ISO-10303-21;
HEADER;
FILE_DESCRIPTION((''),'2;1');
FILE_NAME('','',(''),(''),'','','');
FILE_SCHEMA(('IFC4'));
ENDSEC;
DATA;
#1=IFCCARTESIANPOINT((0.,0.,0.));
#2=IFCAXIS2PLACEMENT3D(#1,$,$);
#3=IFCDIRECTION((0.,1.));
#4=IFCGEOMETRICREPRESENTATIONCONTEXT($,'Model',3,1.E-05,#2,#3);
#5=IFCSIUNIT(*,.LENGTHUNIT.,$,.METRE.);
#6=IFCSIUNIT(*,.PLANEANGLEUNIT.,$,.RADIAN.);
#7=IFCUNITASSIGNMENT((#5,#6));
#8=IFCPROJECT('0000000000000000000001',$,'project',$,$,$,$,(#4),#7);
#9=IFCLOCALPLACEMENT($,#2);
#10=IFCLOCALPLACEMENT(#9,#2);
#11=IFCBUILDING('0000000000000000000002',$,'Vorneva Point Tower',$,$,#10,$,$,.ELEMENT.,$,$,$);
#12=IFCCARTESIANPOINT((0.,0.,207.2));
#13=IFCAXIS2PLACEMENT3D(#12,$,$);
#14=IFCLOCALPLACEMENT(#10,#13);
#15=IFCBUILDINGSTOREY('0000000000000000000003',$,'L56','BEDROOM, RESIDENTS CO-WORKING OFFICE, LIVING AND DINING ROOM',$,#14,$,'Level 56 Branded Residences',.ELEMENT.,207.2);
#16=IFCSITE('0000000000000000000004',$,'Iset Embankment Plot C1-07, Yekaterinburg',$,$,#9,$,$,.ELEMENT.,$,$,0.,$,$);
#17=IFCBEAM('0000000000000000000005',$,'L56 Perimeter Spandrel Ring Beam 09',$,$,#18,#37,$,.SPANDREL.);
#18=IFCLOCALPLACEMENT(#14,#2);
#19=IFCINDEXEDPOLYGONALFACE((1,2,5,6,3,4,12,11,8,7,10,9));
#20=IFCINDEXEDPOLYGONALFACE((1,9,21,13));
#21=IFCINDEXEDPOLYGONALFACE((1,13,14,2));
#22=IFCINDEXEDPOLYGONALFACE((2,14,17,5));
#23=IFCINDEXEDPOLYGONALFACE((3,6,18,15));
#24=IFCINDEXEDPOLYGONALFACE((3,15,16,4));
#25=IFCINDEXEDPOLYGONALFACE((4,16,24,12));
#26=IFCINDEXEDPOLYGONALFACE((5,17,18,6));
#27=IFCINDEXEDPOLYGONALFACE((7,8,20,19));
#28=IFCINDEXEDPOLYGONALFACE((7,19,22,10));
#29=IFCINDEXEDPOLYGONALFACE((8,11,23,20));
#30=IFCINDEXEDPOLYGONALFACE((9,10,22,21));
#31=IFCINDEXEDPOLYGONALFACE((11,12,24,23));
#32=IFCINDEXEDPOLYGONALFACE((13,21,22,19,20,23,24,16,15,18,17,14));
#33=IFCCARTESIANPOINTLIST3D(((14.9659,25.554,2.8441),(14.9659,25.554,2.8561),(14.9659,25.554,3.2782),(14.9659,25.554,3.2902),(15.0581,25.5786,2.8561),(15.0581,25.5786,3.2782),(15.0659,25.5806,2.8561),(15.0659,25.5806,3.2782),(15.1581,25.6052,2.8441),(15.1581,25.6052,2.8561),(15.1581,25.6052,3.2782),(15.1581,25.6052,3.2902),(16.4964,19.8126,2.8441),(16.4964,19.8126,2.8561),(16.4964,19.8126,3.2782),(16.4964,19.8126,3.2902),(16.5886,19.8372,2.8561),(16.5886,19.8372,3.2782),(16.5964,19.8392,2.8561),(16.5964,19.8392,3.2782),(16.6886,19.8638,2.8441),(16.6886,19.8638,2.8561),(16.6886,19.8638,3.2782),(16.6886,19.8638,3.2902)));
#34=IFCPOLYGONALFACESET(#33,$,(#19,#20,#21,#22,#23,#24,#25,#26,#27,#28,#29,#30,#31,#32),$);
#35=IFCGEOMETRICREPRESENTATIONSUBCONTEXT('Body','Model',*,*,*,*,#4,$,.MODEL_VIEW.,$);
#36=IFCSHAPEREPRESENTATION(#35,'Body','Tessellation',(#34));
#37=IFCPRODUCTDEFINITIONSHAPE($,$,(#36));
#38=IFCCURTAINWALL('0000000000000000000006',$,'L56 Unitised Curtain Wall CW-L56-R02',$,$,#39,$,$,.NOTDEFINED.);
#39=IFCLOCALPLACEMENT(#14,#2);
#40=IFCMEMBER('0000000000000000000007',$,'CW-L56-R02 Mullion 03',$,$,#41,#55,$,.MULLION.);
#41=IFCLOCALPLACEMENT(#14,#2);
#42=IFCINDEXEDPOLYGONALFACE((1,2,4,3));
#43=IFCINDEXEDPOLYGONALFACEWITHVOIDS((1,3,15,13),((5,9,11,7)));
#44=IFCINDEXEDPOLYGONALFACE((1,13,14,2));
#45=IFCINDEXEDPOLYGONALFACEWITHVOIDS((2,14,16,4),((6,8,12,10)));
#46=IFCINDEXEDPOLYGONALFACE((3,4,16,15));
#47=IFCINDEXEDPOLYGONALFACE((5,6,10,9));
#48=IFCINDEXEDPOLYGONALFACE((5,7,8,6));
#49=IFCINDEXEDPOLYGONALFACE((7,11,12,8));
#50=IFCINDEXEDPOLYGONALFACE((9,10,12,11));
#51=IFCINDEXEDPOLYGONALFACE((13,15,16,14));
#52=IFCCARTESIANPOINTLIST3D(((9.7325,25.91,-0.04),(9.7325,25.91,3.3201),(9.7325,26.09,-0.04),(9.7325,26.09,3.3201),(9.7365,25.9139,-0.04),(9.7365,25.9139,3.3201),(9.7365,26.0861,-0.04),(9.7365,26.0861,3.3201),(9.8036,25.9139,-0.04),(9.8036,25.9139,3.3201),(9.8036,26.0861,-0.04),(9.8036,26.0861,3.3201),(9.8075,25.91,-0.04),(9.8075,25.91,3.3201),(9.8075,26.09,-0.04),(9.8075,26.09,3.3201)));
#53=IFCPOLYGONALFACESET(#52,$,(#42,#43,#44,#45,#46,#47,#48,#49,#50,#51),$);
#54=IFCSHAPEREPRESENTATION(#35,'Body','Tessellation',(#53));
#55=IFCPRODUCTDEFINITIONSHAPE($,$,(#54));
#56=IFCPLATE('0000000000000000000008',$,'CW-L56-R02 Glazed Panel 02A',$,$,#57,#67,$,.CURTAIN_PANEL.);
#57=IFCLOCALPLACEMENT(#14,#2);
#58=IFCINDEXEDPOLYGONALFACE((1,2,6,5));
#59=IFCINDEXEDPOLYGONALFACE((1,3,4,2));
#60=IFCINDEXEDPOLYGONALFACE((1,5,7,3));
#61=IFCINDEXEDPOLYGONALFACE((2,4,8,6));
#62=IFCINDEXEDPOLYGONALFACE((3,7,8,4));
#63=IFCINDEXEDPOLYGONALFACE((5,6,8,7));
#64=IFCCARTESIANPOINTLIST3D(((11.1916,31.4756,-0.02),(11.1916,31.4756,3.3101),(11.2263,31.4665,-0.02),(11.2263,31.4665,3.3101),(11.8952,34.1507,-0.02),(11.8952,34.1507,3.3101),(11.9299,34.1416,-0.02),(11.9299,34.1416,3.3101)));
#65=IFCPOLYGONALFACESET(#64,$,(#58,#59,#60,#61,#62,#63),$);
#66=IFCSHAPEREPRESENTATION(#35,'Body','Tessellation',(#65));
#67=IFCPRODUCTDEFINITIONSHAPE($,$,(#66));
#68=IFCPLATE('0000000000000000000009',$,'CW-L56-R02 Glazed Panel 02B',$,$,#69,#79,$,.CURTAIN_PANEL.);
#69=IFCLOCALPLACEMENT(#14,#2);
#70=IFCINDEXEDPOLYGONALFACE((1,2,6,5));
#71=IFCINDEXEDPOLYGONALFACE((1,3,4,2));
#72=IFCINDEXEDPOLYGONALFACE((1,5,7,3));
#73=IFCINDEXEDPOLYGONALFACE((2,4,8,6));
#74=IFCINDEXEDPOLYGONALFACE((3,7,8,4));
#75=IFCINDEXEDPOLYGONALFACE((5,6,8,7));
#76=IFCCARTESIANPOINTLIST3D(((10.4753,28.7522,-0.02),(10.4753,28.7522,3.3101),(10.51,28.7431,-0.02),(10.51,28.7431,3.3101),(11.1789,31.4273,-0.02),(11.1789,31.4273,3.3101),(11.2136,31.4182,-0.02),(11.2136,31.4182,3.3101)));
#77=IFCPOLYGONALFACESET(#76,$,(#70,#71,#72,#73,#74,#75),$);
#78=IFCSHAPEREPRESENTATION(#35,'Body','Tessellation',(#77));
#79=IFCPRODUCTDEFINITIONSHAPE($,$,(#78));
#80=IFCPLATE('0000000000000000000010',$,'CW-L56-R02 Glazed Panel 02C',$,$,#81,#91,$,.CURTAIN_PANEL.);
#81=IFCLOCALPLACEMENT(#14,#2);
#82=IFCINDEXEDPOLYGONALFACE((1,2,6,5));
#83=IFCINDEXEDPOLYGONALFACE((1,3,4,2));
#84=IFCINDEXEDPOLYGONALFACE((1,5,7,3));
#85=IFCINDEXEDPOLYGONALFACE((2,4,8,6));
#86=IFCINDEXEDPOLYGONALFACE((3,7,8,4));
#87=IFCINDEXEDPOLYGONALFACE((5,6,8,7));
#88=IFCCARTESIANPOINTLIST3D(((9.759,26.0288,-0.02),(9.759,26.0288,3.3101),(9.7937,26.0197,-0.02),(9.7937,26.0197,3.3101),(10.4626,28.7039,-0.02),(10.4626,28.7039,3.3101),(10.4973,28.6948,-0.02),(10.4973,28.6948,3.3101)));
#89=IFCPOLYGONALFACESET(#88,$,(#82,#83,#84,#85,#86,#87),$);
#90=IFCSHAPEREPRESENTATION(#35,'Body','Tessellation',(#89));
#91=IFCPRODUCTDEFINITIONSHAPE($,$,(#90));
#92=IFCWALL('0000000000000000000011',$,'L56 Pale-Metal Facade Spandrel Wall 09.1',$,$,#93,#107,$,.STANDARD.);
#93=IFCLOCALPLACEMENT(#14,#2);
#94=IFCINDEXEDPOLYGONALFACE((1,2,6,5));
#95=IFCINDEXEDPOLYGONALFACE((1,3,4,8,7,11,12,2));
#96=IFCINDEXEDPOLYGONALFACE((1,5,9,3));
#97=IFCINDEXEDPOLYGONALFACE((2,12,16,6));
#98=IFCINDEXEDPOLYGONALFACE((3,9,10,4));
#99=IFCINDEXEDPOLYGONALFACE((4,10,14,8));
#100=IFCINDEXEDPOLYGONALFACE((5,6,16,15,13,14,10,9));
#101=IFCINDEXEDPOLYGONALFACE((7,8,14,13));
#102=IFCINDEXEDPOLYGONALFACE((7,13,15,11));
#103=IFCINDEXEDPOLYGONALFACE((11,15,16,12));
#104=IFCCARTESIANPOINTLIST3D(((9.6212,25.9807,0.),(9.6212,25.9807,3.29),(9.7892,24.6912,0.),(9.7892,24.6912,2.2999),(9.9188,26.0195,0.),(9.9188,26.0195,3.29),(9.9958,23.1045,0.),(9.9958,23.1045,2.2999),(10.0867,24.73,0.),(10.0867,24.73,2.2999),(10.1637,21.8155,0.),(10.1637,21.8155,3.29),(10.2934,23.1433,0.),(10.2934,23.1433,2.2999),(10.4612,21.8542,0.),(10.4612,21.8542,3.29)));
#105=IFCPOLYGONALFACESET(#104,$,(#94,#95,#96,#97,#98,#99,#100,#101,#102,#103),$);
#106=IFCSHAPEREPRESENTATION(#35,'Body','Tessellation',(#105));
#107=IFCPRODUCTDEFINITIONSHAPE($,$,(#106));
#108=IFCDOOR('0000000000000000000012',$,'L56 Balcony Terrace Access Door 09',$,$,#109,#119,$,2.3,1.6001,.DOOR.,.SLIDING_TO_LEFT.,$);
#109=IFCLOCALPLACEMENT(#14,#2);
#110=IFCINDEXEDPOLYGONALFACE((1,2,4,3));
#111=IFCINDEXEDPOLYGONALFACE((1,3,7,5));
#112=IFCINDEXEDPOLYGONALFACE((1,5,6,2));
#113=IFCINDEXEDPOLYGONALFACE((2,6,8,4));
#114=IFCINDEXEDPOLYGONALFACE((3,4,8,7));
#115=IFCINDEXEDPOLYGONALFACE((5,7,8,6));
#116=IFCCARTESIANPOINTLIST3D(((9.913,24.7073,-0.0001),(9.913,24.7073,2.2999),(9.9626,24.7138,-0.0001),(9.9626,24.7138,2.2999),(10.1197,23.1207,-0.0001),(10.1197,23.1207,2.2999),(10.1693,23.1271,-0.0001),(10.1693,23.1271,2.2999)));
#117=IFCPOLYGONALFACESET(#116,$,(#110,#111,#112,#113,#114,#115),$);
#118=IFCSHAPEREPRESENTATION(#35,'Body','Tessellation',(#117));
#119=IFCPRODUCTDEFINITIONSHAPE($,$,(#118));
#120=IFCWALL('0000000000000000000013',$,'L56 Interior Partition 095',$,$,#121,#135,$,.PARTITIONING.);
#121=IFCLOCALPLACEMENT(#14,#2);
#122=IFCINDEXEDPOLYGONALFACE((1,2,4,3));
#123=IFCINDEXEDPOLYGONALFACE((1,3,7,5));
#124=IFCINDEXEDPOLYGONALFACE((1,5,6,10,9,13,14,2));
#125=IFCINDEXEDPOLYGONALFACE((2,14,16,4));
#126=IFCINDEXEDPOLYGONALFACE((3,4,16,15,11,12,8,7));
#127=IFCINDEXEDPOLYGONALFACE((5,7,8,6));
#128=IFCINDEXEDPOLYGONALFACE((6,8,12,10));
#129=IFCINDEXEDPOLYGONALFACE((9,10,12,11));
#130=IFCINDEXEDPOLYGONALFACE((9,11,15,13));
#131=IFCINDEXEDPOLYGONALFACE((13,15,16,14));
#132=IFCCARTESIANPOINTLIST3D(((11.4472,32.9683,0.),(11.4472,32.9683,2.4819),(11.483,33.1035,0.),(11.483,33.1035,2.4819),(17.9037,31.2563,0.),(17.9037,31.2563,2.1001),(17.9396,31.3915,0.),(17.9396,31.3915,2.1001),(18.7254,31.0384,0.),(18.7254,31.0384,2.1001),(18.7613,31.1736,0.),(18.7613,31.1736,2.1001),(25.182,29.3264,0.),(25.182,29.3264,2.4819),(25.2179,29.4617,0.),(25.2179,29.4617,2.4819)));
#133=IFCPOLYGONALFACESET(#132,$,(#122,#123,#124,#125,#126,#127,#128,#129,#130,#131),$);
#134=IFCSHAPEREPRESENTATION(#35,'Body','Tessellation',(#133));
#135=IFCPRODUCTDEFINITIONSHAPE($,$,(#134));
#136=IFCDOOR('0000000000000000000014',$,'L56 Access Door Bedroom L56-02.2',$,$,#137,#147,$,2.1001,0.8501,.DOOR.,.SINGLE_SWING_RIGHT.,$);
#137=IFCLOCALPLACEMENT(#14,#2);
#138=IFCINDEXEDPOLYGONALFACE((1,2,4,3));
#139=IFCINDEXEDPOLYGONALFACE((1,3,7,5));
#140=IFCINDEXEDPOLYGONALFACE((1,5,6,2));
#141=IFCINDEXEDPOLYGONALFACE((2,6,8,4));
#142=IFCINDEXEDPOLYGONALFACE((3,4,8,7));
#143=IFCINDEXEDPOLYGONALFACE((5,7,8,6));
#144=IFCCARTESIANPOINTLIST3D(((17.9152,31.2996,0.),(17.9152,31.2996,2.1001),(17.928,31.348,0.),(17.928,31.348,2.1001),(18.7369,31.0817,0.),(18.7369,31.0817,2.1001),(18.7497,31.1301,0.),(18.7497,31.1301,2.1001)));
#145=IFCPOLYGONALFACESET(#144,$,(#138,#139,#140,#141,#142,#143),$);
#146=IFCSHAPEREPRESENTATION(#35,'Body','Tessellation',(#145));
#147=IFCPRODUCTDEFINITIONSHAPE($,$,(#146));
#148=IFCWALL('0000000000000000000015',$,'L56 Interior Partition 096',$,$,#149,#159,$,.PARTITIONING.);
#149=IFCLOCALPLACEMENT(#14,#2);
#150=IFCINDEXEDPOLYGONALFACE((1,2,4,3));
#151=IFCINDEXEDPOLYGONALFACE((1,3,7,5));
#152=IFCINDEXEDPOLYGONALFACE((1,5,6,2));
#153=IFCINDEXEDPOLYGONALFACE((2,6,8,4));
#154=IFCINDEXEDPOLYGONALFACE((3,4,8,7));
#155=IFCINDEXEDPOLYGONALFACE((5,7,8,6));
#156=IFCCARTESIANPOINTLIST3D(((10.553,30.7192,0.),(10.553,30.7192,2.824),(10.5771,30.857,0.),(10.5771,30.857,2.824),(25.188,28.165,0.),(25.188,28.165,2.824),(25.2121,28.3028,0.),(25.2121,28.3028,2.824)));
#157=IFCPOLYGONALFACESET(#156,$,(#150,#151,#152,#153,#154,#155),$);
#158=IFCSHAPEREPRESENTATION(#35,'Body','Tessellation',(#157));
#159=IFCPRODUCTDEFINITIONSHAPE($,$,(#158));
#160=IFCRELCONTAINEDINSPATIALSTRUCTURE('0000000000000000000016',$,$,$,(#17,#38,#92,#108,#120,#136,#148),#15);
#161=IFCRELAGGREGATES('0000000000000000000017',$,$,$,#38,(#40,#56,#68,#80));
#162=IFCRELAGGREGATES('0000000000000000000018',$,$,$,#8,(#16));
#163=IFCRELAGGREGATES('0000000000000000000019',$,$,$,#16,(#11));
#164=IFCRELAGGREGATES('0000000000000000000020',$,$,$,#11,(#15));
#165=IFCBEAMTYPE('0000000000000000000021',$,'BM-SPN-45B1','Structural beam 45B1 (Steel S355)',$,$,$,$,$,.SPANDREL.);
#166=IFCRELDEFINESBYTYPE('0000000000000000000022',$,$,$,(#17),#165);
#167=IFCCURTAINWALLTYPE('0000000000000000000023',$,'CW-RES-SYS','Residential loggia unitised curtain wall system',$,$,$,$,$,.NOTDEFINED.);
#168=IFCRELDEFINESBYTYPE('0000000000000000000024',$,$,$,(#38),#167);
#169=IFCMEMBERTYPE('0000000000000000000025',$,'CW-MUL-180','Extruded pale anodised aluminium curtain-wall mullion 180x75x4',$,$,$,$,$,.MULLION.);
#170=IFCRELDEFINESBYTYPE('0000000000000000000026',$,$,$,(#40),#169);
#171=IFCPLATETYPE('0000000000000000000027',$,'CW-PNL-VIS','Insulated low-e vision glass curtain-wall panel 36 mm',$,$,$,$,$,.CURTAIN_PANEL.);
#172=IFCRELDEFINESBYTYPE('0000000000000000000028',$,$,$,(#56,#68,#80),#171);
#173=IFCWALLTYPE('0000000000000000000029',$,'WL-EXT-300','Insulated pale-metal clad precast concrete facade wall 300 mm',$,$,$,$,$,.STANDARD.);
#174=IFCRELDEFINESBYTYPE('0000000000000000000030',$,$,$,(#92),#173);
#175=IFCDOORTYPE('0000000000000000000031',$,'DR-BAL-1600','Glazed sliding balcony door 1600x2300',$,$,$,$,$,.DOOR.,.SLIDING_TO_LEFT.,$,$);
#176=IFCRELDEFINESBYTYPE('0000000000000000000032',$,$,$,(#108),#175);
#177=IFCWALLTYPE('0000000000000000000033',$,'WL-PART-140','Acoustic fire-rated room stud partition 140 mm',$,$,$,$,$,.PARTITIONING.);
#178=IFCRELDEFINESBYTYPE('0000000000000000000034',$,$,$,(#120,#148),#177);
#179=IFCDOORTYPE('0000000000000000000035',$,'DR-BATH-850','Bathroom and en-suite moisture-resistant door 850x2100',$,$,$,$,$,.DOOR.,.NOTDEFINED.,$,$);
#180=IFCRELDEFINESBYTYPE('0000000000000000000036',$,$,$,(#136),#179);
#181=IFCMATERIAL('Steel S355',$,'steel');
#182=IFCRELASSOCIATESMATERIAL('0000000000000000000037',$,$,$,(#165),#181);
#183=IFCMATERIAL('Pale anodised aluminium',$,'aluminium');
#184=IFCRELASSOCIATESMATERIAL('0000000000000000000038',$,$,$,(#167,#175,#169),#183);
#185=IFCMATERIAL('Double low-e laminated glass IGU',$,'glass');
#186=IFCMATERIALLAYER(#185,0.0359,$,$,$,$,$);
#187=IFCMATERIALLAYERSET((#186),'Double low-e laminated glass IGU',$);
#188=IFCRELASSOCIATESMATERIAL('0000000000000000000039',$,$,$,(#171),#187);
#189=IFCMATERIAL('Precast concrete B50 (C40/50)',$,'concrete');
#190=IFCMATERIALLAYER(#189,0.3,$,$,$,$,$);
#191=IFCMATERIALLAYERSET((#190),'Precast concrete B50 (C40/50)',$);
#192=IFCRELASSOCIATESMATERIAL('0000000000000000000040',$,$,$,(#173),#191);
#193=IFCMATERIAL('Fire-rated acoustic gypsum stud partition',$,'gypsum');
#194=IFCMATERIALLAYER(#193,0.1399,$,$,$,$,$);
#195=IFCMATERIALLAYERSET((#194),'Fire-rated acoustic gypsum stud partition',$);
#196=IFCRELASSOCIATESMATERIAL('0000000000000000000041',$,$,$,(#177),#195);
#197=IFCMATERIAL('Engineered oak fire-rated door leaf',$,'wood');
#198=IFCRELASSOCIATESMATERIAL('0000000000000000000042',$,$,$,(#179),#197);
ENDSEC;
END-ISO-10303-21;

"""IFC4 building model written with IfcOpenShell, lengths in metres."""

from ifc_helpers import new_model, si_unit, direction, frame, frame_2d, origin, origin_2d, place, context, subcontext, project, spatial, rectangle, hollow_rectangle, i_section, extrude, material, layer, layer_set, material_profile, profile_set, type_object, element, fill, aggregate, save


model = new_model("IFC4")

# Units and contexts
model_context = context("Model", 3, precision=1e-05, world=origin(), true_north=direction((0.0, 1.0)))
body_context = subcontext(model_context, "Body", "Model", "MODEL_VIEW")
ifc_project = project(units=[si_unit("LENGTHUNIT", "METRE"), si_unit("PLANEANGLEUNIT", "RADIAN")], contexts=[model_context])

# Site, building, storey
site_placement = place(None, origin())
site = spatial("IfcSite", under=ifc_project, at=site_placement, Name="Iset Embankment Plot C1-07, Yekaterinburg", CompositionType="ELEMENT", RefElevation=0.0)
building_placement = place(site_placement, origin())
building = spatial("IfcBuilding", under=site, at=building_placement, Name="Vorneva Point Tower", CompositionType="ELEMENT")
storey_placement = place(building_placement, frame((0.0, 0.0, 207.2)))
storey = spatial("IfcBuildingStorey", under=building, at=storey_placement, Name="L56", Description="BEDROOM, RESIDENTS CO-WORKING OFFICE, LIVING AND DINING ROOM", LongName="Level 56 Branded Residences", CompositionType="ELEMENT", Elevation=207.2)

# Beam
ifc_material_1 = material(Name="Steel S355", Category="steel")
ifc_material_profile_1 = material_profile(ifc_material_1, i_section(OverallWidth=0.199, OverallDepth=0.446, WebThickness=0.0081, FlangeThickness=0.012, at=origin_2d()), Name="45B1")
ifc_profile_set_1 = profile_set([ifc_material_profile_1], Name="Steel S355")
beam_type_1 = type_object("IfcBeamType", Name="BM-SPN-45B1", Description="Structural beam 45B1 (Steel S355)", PredefinedType="SPANDREL", material=ifc_profile_set_1)
for number, where, z_axis, x_axis, name in (
    (1, (15.062, 25.5796, 3.0671), (0.257578, -0.966257, 0.0), (0.966257, 0.257578, 0.0), "L56 Perimeter Spandrel Ring Beam 09"),
):
    element("IfcBeam", number, at=place(storey_placement, frame(where, z_axis=z_axis, x_axis=x_axis)), inside=storey, type_object=beam_type_1, Name=name, PredefinedType="SPANDREL", context=body_context, shape_type="SweptSolid", body=[
        extrude(i_section(OverallWidth=0.199, OverallDepth=0.446, WebThickness=0.0081, FlangeThickness=0.012, at=origin_2d()), origin(), (0.0, 0.0, 1.0), 5.9419),
    ])

# Curtain wall, member, plates
ifc_material_2 = material(Name="Pale anodised aluminium", Category="aluminium")
curtain_wall_type = type_object("IfcCurtainWallType", Name="CW-RES-SYS", Description="Residential loggia unitised curtain wall system", PredefinedType="NOTDEFINED", material=ifc_material_2)
curtain_wall_placement = place(storey_placement, origin())
curtain_wall = element("IfcCurtainWall", 2, at=curtain_wall_placement, inside=storey, type_object=curtain_wall_type, Name="L56 Unitised Curtain Wall CW-L56-R02", PredefinedType="NOTDEFINED")
ifc_material_profile_2 = material_profile(ifc_material_2, hollow_rectangle(XDim=0.075, YDim=0.1799, WallThickness=0.0039, at=origin_2d()), Name="AL-MUL 180x75x4")
ifc_profile_set_2 = profile_set([ifc_material_profile_2], Name="Pale anodised aluminium")
member_type = type_object("IfcMemberType", Name="CW-MUL-180", Description="Extruded pale anodised aluminium curtain-wall mullion 180x75x4", PredefinedType="MULLION", material=ifc_profile_set_2)
member_placement = place(storey_placement, frame((9.77, 26.0, -0.04), z_axis=(0.0, 0.0, 1.0), x_axis=(1.0, 0.0, 0.0)))
member = element("IfcMember", 3, at=member_placement, type_object=member_type, Name="CW-L56-R02 Mullion 03", PredefinedType="MULLION", context=body_context, shape_type="SweptSolid", body=[
    extrude(hollow_rectangle(XDim=0.075, YDim=0.1799, WallThickness=0.0039, at=origin_2d()), origin(), (0.0, 0.0, 1.0), 3.3601),
])
ifc_material_3 = material(Name="Double low-e laminated glass IGU", Category="glass")
ifc_layer_1 = layer(ifc_material_3, 0.0359)
ifc_layer_set_1 = layer_set([ifc_layer_1], Name="Double low-e laminated glass IGU")
plate_type = type_object("IfcPlateType", Name="CW-PNL-VIS", Description="Insulated low-e vision glass curtain-wall panel 36 mm", PredefinedType="CURTAIN_PANEL", material=ifc_layer_set_1)
plate_1_placement = place(storey_placement, frame((11.5608, 32.8086, -0.02), z_axis=(0.0, 0.0, 1.0), x_axis=(-0.254366, -0.967108, 0.0)))
plate_1 = element("IfcPlate", 4, at=plate_1_placement, type_object=plate_type, Name="CW-L56-R02 Glazed Panel 02A", PredefinedType="CURTAIN_PANEL", context=body_context, shape_type="SweptSolid", body=[
    extrude(rectangle(XDim=2.7661, YDim=0.0359, at=origin_2d()), origin(), (0.0, 0.0, 1.0), 3.3301),
])
plate_2_placement = place(storey_placement, frame((10.8445, 30.0852, -0.02), z_axis=(0.0, 0.0, 1.0), x_axis=(-0.254366, -0.967108, 0.0)))
plate_2 = element("IfcPlate", 5, at=plate_2_placement, type_object=plate_type, Name="CW-L56-R02 Glazed Panel 02B", PredefinedType="CURTAIN_PANEL", context=body_context, shape_type="SweptSolid", body=[
    extrude(rectangle(XDim=2.7661, YDim=0.0359, at=origin_2d()), origin(), (0.0, 0.0, 1.0), 3.3301),
])
plate_3_placement = place(storey_placement, frame((10.1282, 27.3618, -0.02), z_axis=(0.0, 0.0, 1.0), x_axis=(-0.254366, -0.967108, 0.0)))
plate_3 = element("IfcPlate", 6, at=plate_3_placement, type_object=plate_type, Name="CW-L56-R02 Glazed Panel 02C", PredefinedType="CURTAIN_PANEL", context=body_context, shape_type="SweptSolid", body=[
    extrude(rectangle(XDim=2.7661, YDim=0.0359, at=origin_2d()), origin(), (0.0, 0.0, 1.0), 3.3301),
])
aggregate(curtain_wall, [member, plate_1, plate_2, plate_3])

# Walls, openings, doors
ifc_material_4 = material(Name="Precast concrete B50 (C40/50)", Category="concrete")
ifc_layer_2 = layer(ifc_material_4, 0.3)
ifc_layer_set_2 = layer_set([ifc_layer_2], Name="Precast concrete B50 (C40/50)")
wall_type_1 = type_object("IfcWallType", Name="WL-EXT-300", Description="Insulated pale-metal clad precast concrete facade wall 300 mm", PredefinedType="STANDARD", material=ifc_layer_set_2)
wall_1_placement = place(storey_placement, frame((9.77, 26.0, 0.0), z_axis=(0.0, 0.0, 1.0), x_axis=(0.129148, -0.991625, 0.0)))
wall_1 = element("IfcWall", 7, at=wall_1_placement, inside=storey, type_object=wall_type_1, Name="L56 Pale-Metal Facade Spandrel Wall 09.1", PredefinedType="STANDARD", context=body_context, shape_type="SweptSolid", body=[
    extrude(rectangle(XDim=4.2004, YDim=0.3, at=frame_2d((2.1001, 0.0))), origin(), (0.0, 0.0, 1.0), 3.29),
])
opening_1_placement = place(wall_1_placement, frame((1.3003, 0.0, 0.0)))
opening_1 = element("IfcOpeningElement", 8, at=opening_1_placement, cuts=wall_1, PredefinedType="OPENING", context=body_context, shape_type="SweptSolid", body=[
    extrude(rectangle(XDim=1.6001, YDim=2.3, at=frame_2d((0.8, 1.1499))), frame((0.0, 0.165, 0.0), z_axis=(0.0, -1.0, 0.0), x_axis=(1.0, 0.0, 0.0)), (0.0, 0.0, 1.0), 0.3298),
])
door_type_1 = type_object("IfcDoorType", Name="DR-BAL-1600", Description="Glazed sliding balcony door 1600x2300", OperationType="SLIDING_TO_LEFT", PredefinedType="DOOR", material=ifc_material_2)
door_1_placement = place(opening_1_placement, origin())
door_1 = element("IfcDoor", 9, at=door_1_placement, inside=storey, type_object=door_type_1, Name="L56 Balcony Terrace Access Door 09", OperationType="SLIDING_TO_LEFT", OverallHeight=2.3, OverallWidth=1.6001, PredefinedType="DOOR", context=body_context, shape_type="SweptSolid", body=[
    extrude(rectangle(XDim=1.6001, YDim=2.3, at=frame_2d((0.8, 1.1499))), frame((0.0, 0.0249, 0.0), z_axis=(0.0, -1.0, 0.0), x_axis=(1.0, 0.0, 0.0)), (0.0, 0.0, 1.0), 0.05),
])
fill(opening_1, door_1)
ifc_material_5 = material(Name="Fire-rated acoustic gypsum stud partition", Category="gypsum")
ifc_layer_3 = layer(ifc_material_5, 0.1399)
ifc_layer_set_3 = layer_set([ifc_layer_3], Name="Fire-rated acoustic gypsum stud partition")
wall_type_2 = type_object("IfcWallType", Name="WL-PART-140", Description="Acoustic fire-rated room stud partition 140 mm", PredefinedType="PARTITIONING", material=ifc_layer_set_3)
wall_2_placement = place(storey_placement, frame((11.4651, 33.0359, 0.0), z_axis=(0.0, 0.0, 1.0), x_axis=(0.966598, -0.256297, 0.0)))
wall_2 = element("IfcWall", 10, at=wall_2_placement, inside=storey, type_object=wall_type_2, Name="L56 Interior Partition 095", PredefinedType="PARTITIONING", context=body_context, shape_type="SweptSolid", body=[
    extrude(rectangle(XDim=14.2095, YDim=0.1399, at=frame_2d((7.1047, 0.0))), origin(), (0.0, 0.0, 1.0), 2.4819),
])
opening_2_placement = place(wall_2_placement, frame((6.6797, 0.0, 0.0)))
opening_2 = element("IfcOpeningElement", 11, at=opening_2_placement, cuts=wall_2, PredefinedType="OPENING", context=body_context, shape_type="SweptSolid", body=[
    extrude(rectangle(XDim=0.8501, YDim=2.1001, at=frame_2d((0.425, 1.05))), frame((0.0, 0.085, 0.0), z_axis=(0.0, -1.0, 0.0), x_axis=(1.0, 0.0, 0.0)), (0.0, 0.0, 1.0), 0.1697),
])
ifc_material_6 = material(Name="Engineered oak fire-rated door leaf", Category="wood")
door_type_2 = type_object("IfcDoorType", Name="DR-BATH-850", Description="Bathroom and en-suite moisture-resistant door 850x2100", OperationType="NOTDEFINED", PredefinedType="DOOR", material=ifc_material_6)
door_2_placement = place(opening_2_placement, origin())
door_2 = element("IfcDoor", 12, at=door_2_placement, inside=storey, type_object=door_type_2, Name="L56 Access Door Bedroom L56-02.2", OperationType="SINGLE_SWING_RIGHT", OverallHeight=2.1001, OverallWidth=0.8501, PredefinedType="DOOR", context=body_context, shape_type="SweptSolid", body=[
    extrude(rectangle(XDim=0.8501, YDim=2.1001, at=frame_2d((0.425, 1.05))), frame((0.0, 0.0249, 0.0), z_axis=(0.0, -1.0, 0.0), x_axis=(1.0, 0.0, 0.0)), (0.0, 0.0, 1.0), 0.05),
])
fill(opening_2, door_2)

# Wall
wall_3_placement = place(storey_placement, frame((10.5649, 30.7881, 0.0), z_axis=(0.0, 0.0, 1.0), x_axis=(0.98511, -0.171928, 0.0)))
element("IfcWall", 13, at=wall_3_placement, inside=storey, type_object=wall_type_2, Name="L56 Interior Partition 096", PredefinedType="PARTITIONING", context=body_context, shape_type="SweptSolid", body=[
    extrude(rectangle(XDim=14.8562, YDim=0.1399, at=frame_2d((7.4282, 0.0))), origin(), (0.0, 0.0, 1.0), 2.824),
])

save(model, "model.ifc")
